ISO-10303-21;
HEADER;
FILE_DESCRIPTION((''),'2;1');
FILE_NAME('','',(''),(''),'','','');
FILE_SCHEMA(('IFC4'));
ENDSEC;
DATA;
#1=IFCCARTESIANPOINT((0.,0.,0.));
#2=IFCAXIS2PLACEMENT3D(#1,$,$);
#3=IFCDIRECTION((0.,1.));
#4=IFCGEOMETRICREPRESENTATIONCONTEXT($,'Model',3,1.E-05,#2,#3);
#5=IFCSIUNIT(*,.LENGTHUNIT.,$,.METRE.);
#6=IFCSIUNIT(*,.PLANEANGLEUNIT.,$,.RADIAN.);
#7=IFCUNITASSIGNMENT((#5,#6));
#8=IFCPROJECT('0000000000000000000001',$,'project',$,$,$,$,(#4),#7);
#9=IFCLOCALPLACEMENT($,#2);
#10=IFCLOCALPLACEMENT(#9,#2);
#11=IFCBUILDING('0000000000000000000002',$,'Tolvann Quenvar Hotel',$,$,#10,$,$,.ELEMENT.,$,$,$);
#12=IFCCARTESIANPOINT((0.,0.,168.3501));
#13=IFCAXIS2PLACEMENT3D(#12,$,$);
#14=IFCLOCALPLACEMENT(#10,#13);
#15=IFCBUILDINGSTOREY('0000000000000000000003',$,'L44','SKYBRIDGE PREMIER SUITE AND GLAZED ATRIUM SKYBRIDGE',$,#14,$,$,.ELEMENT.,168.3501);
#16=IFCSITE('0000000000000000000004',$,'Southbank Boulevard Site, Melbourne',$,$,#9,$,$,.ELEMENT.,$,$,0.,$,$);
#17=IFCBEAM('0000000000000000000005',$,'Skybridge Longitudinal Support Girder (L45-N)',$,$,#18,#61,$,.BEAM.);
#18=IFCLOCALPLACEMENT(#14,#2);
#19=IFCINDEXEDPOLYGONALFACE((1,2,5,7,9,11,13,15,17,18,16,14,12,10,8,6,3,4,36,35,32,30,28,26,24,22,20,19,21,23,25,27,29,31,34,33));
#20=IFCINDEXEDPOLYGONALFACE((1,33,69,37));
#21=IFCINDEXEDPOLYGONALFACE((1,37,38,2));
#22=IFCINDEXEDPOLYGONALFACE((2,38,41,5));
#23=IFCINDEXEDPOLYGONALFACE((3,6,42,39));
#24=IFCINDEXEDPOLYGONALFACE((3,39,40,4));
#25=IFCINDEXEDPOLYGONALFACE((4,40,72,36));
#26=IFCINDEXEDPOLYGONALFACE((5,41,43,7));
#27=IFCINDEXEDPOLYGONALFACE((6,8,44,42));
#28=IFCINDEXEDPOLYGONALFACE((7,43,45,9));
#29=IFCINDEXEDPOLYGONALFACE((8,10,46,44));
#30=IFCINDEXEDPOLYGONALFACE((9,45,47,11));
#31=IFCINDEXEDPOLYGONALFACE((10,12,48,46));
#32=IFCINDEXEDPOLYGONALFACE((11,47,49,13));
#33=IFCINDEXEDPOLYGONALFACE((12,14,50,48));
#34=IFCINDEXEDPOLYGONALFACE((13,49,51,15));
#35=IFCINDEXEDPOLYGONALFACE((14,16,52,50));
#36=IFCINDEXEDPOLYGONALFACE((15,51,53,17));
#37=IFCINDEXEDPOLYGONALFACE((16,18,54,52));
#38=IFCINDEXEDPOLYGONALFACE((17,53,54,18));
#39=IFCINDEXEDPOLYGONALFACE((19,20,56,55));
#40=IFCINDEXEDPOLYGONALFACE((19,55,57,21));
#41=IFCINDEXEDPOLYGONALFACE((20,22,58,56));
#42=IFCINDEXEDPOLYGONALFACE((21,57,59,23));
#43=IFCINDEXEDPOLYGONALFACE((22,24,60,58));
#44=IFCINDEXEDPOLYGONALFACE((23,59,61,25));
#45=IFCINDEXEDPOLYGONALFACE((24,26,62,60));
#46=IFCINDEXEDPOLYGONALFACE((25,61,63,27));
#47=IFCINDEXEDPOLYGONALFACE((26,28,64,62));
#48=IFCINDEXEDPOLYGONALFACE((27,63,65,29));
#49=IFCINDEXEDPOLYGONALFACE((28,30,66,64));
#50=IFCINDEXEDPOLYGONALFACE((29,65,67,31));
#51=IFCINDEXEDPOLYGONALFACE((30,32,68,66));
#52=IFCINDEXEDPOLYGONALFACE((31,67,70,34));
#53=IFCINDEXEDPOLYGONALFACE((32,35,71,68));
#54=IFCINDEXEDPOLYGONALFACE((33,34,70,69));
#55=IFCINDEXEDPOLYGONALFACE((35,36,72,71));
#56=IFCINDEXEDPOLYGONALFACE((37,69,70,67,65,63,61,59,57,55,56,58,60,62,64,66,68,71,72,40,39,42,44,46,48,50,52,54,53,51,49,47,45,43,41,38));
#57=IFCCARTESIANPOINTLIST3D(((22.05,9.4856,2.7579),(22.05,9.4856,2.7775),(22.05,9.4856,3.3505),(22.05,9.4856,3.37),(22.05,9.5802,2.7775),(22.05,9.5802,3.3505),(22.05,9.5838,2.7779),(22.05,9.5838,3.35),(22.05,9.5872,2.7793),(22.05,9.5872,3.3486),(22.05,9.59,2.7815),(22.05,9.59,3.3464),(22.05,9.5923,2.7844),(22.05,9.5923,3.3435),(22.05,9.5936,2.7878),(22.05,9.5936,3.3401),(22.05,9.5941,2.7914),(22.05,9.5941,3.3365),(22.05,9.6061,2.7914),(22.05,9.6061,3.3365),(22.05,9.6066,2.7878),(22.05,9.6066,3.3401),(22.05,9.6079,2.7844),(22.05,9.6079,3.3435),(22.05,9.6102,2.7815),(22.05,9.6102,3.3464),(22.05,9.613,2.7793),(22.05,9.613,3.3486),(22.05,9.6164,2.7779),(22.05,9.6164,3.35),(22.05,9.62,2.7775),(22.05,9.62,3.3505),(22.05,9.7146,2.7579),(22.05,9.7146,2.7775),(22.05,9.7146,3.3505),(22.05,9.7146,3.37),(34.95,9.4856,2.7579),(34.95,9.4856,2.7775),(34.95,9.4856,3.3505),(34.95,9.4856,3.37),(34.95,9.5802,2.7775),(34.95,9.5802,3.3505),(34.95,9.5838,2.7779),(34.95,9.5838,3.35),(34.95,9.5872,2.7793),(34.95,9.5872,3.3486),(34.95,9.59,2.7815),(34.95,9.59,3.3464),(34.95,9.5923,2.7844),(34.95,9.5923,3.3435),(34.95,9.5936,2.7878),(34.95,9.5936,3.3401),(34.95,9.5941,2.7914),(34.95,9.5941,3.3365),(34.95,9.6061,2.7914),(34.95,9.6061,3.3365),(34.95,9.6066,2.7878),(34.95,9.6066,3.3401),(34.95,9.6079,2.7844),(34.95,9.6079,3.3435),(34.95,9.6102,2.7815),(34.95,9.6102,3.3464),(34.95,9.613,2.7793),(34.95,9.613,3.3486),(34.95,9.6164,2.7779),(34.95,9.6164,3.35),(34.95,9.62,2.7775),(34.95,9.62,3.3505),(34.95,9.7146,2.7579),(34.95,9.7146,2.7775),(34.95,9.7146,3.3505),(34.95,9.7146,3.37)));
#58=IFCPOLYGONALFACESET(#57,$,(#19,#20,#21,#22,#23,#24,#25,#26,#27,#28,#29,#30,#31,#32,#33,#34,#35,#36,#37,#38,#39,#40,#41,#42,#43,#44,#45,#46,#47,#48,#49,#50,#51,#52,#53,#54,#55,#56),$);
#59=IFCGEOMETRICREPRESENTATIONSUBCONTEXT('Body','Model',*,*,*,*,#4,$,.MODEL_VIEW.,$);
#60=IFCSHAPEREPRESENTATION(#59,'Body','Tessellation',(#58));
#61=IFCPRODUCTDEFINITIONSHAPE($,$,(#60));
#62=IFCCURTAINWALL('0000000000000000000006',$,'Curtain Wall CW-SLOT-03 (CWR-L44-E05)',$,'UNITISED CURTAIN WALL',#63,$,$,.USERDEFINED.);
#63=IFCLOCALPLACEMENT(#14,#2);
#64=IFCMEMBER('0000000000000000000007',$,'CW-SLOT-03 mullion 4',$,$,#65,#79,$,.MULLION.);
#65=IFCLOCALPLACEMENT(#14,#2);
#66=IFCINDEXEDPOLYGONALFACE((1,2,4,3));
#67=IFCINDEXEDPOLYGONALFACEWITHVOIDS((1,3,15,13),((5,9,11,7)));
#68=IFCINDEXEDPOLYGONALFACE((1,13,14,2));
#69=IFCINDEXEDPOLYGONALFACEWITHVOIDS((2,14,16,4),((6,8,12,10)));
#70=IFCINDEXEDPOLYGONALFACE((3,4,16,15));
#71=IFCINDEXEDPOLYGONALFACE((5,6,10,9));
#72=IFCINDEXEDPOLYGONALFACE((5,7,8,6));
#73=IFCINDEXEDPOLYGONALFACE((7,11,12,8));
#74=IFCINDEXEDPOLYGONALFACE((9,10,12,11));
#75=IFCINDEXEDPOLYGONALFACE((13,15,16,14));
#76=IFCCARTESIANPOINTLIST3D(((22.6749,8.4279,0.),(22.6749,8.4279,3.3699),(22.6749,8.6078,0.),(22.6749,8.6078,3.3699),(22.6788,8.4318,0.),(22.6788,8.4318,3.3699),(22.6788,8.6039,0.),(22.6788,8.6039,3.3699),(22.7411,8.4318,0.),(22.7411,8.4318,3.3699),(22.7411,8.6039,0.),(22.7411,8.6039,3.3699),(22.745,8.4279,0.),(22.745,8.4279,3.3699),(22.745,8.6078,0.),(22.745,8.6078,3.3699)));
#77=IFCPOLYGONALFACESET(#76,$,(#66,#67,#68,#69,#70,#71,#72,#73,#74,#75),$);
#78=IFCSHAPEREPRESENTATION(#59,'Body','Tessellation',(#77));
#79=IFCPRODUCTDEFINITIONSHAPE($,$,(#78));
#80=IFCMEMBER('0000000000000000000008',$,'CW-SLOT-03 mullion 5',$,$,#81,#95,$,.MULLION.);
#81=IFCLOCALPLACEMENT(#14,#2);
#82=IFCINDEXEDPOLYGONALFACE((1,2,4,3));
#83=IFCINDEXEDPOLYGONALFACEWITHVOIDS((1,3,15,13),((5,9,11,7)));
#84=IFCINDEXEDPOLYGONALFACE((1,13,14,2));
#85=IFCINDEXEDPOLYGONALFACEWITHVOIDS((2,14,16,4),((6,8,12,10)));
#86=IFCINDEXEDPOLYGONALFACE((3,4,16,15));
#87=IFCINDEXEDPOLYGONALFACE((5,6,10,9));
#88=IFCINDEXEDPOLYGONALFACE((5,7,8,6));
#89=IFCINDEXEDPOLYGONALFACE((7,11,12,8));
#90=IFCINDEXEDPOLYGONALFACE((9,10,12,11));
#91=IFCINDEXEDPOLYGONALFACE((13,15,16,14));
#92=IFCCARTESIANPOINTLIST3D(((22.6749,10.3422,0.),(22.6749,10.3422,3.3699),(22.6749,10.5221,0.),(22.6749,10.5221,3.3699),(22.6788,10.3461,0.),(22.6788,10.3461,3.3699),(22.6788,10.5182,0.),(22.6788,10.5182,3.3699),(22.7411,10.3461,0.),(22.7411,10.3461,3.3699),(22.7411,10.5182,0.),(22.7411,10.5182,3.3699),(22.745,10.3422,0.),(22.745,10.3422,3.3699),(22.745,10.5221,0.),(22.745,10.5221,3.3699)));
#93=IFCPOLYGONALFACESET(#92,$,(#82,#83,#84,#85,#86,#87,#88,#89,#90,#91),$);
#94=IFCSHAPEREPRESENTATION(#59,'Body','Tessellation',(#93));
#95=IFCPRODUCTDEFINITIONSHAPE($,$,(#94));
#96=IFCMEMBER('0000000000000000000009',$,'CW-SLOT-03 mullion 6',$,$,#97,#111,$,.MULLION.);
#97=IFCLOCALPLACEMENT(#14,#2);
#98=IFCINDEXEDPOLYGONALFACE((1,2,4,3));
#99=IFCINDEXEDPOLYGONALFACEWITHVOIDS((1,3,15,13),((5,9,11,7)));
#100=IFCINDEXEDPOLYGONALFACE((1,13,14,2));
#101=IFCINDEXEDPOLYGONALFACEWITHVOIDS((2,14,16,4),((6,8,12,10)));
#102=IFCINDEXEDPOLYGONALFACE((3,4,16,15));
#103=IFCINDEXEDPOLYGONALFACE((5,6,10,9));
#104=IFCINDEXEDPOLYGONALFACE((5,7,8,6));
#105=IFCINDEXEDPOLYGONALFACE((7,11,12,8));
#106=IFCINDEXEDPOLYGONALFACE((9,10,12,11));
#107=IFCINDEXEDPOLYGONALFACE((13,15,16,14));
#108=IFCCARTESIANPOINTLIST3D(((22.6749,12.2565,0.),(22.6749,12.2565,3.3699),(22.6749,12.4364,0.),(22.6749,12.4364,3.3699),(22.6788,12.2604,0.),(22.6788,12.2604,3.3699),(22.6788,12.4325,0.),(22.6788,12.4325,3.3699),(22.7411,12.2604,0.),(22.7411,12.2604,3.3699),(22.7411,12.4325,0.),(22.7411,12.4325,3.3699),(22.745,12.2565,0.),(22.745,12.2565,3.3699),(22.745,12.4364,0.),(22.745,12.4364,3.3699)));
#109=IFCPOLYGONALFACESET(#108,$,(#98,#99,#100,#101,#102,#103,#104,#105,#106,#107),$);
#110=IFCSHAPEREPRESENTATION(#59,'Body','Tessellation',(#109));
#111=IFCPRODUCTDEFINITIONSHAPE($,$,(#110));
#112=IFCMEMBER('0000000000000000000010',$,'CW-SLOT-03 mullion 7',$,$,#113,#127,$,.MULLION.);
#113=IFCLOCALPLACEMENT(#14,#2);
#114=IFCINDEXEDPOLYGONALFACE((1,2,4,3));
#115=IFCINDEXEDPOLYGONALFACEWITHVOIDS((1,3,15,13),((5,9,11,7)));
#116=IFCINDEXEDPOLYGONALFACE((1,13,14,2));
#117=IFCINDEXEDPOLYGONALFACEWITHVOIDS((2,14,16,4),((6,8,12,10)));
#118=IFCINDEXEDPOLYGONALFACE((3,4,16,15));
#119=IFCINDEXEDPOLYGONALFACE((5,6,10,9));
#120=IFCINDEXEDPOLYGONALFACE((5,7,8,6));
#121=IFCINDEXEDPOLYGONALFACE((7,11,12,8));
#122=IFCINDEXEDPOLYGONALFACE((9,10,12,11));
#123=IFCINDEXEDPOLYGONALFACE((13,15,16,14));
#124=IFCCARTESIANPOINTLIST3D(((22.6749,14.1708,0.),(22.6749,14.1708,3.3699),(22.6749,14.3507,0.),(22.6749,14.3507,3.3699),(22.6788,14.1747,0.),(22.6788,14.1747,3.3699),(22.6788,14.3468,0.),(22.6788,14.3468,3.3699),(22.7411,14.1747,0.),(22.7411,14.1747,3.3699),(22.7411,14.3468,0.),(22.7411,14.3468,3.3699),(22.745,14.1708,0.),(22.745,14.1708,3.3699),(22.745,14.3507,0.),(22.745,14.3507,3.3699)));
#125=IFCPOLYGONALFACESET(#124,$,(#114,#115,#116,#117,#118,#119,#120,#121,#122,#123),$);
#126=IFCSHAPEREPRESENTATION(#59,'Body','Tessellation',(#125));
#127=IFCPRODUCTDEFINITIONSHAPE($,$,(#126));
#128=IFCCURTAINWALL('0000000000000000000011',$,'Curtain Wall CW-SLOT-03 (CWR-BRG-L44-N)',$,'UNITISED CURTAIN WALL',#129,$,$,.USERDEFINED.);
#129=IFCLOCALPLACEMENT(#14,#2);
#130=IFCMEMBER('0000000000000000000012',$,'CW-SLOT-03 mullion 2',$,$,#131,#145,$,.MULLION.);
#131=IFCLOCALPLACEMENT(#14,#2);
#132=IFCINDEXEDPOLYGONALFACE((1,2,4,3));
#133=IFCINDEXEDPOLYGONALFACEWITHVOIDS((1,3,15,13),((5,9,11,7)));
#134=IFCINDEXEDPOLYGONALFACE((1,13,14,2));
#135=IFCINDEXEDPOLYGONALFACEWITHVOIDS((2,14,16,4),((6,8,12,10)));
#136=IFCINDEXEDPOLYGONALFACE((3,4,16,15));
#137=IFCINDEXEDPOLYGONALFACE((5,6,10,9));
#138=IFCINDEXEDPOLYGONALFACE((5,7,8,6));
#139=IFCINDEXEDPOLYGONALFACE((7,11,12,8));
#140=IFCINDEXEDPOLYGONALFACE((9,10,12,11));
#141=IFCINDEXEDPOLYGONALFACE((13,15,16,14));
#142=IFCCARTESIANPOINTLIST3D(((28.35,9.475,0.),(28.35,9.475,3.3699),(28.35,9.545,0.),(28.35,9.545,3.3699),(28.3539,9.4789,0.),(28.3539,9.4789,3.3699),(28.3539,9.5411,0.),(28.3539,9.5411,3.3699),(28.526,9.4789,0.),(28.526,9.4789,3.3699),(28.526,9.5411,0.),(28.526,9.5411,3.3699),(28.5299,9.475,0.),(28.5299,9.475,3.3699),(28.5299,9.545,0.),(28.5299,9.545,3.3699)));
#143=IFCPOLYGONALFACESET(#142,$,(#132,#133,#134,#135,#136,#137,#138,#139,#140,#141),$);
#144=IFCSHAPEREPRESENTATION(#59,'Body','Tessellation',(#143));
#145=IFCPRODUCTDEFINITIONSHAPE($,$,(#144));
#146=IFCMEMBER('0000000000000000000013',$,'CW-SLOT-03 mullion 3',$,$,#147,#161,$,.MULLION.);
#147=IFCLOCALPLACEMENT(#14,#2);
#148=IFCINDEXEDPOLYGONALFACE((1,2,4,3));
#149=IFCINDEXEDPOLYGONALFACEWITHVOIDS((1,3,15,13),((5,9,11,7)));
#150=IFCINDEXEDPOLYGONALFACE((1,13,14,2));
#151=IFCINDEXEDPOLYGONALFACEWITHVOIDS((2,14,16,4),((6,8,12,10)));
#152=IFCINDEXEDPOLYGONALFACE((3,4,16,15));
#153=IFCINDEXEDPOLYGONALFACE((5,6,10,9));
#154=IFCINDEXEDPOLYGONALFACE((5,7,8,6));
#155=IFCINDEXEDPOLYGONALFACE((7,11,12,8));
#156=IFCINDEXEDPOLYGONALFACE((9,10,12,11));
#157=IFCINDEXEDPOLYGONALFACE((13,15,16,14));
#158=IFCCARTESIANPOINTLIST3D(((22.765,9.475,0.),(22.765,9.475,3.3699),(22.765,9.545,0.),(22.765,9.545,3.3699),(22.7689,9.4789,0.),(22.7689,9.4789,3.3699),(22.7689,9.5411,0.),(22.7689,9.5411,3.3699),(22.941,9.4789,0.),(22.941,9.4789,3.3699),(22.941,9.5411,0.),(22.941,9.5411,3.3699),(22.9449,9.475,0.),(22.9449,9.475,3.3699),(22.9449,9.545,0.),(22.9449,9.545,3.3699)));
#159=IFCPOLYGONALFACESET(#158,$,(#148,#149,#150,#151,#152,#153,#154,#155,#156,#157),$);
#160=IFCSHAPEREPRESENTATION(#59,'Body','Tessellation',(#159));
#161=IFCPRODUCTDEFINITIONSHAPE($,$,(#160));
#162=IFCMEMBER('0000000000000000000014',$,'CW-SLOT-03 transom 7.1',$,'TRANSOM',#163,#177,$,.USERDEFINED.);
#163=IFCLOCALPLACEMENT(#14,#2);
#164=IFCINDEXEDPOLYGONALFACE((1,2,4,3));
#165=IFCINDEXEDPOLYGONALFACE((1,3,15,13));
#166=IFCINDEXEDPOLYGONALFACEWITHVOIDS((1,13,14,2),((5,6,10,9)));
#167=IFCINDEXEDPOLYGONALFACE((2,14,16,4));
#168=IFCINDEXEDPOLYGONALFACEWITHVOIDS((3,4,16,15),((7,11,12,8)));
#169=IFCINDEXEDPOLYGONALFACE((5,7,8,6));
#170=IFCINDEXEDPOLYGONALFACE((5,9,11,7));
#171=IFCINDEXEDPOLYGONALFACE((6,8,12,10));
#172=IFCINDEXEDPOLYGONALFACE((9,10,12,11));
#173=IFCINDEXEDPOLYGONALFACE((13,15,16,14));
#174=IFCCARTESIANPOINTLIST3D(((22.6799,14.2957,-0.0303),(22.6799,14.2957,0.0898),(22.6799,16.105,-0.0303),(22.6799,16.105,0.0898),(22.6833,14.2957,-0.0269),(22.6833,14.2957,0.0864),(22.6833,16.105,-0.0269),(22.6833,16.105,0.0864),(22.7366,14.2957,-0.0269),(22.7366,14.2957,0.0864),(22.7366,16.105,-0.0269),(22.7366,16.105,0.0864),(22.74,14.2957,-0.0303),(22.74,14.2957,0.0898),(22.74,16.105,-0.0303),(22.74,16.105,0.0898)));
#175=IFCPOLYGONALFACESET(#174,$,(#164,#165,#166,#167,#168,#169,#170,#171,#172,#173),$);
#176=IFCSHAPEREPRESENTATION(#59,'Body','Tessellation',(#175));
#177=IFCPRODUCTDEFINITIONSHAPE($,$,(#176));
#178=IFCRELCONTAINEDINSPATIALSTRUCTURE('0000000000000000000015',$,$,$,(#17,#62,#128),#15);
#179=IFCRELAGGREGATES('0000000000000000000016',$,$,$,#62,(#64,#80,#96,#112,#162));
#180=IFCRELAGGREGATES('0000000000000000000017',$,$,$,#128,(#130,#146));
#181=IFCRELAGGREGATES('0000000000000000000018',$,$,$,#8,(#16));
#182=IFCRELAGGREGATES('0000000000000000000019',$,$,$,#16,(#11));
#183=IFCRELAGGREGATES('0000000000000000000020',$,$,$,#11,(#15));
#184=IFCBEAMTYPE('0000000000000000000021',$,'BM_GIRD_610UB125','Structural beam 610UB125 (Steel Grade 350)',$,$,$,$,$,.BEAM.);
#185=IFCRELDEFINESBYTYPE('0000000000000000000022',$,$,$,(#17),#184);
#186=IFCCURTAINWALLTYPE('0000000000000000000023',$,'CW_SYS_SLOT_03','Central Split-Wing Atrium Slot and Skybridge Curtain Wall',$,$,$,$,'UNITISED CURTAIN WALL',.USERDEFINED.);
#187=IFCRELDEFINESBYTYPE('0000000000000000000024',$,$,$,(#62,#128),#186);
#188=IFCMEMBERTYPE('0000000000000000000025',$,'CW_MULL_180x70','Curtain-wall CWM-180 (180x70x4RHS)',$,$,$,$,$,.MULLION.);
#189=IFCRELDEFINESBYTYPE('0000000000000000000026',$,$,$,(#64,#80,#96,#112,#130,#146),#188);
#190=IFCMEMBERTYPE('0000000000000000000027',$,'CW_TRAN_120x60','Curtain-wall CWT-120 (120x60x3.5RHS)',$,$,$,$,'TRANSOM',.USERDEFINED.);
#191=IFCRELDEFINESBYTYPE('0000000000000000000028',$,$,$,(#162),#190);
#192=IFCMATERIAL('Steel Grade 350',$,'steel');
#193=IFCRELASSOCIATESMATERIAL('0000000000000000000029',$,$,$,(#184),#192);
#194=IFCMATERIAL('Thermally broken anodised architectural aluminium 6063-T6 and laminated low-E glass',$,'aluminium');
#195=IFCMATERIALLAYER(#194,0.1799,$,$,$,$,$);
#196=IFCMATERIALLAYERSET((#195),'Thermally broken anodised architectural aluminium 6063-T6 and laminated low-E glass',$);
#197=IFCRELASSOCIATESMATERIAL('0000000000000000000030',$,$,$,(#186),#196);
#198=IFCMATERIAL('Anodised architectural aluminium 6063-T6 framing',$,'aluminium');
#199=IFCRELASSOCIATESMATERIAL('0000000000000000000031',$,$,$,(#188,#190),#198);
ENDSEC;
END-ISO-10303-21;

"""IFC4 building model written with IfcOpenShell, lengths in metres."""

from ifc_helpers import new_model, si_unit, direction, frame, origin, origin_2d, place, context, subcontext, project, spatial, hollow_rectangle, i_section, extrude, source, transform, mapped, material, layer, layer_set, material_profile, profile_set, type_object, type_shapes, element, aggregate, save


model = new_model("IFC4")

# Units and contexts
model_context = context("Model", 3, precision=1e-05, world=origin(), true_north=direction((0.0, 1.0)))
body_context = subcontext(model_context, "Body", "Model", "MODEL_VIEW")
ifc_project = project(units=[si_unit("LENGTHUNIT", "METRE"), si_unit("PLANEANGLEUNIT", "RADIAN")], contexts=[model_context])

# Site, building, storey
site_placement = place(None, origin())
site = spatial("IfcSite", under=ifc_project, at=site_placement, Name="Southbank Boulevard Site, Melbourne", CompositionType="ELEMENT", RefElevation=0.0)
building_placement = place(site_placement, origin())
building = spatial("IfcBuilding", under=site, at=building_placement, Name="Tolvann Quenvar Hotel", CompositionType="ELEMENT")
storey_placement = place(building_placement, frame((0.0, 0.0, 168.3501)))
storey = spatial("IfcBuildingStorey", under=building, at=storey_placement, Name="L44", Description="SKYBRIDGE PREMIER SUITE AND GLAZED ATRIUM SKYBRIDGE", CompositionType="ELEMENT", Elevation=168.3501)

# Beam
ifc_material_1 = material(Name="Steel Grade 350", Category="steel")
ifc_material_profile_1 = material_profile(ifc_material_1, i_section(OverallWidth=0.229, OverallDepth=0.6121, WebThickness=0.012, FlangeThickness=0.0195, FilletRadius=0.0139, at=origin_2d()), Name="610UB125")
ifc_profile_set_1 = profile_set([ifc_material_profile_1], Name="Steel Grade 350")
beam_type = type_object("IfcBeamType", Name="BM_GIRD_610UB125", Description="Structural beam 610UB125 (Steel Grade 350)", PredefinedType="BEAM", material=ifc_profile_set_1)
shared_shape_1 = source(origin(), body_context, "Body", "SweptSolid", [
    extrude(i_section(OverallWidth=0.229, OverallDepth=0.6121, WebThickness=0.012, FlangeThickness=0.0195, FilletRadius=0.0139, at=origin_2d()), origin(), (0.0, 0.0, 1.0), 12.8999),
])
type_shapes(beam_type, [shared_shape_1])
beam_placement = place(storey_placement, frame((22.05, 9.6001, 3.064), z_axis=(1.0, 0.0, 0.0), x_axis=(0.0, 1.0, 0.0)))
element("IfcBeam", 1, at=beam_placement, inside=storey, type_object=beam_type, Name="Skybridge Longitudinal Support Girder (L45-N)", PredefinedType="BEAM", context=body_context, shape_type="MappedRepresentation", body=[
    mapped(shared_shape_1, transform((0.0, 0.0, 0.0), x_axis=(1.0, 0.0, 0.0), y_axis=(0.0, 1.0, 0.0), z_axis=(0.0, 0.0, 1.0), scale=1.0)),
])

# Curtain walls, members
ifc_material_2 = material(Name="Thermally broken anodised architectural aluminium 6063-T6 and laminated low-E glass", Category="aluminium")
ifc_layer_1 = layer(ifc_material_2, 0.1799)
ifc_layer_set_1 = layer_set([ifc_layer_1], Name="Thermally broken anodised architectural aluminium 6063-T6 and laminated low-E glass")
curtain_wall_type = type_object("IfcCurtainWallType", Name="CW_SYS_SLOT_03", Description="Central Split-Wing Atrium Slot and Skybridge Curtain Wall", ElementType="UNITISED CURTAIN WALL", PredefinedType="USERDEFINED", material=ifc_layer_set_1)
curtain_wall_1_placement = place(storey_placement, origin())
curtain_wall_1 = element("IfcCurtainWall", 2, at=curtain_wall_1_placement, inside=storey, type_object=curtain_wall_type, Name="Curtain Wall CW-SLOT-03 (CWR-L44-E05)", ObjectType="UNITISED CURTAIN WALL", PredefinedType="USERDEFINED")
ifc_material_3 = material(Name="Anodised architectural aluminium 6063-T6 framing", Category="aluminium")
ifc_material_profile_2 = material_profile(ifc_material_3, hollow_rectangle(XDim=0.0701, YDim=0.1799, WallThickness=0.0039, at=origin_2d()), Name="180x70x4RHS")
ifc_profile_set_2 = profile_set([ifc_material_profile_2], Name="Anodised architectural aluminium 6063-T6 framing")
member_type_1 = type_object("IfcMemberType", Name="CW_MULL_180x70", Description="Curtain-wall CWM-180 (180x70x4RHS)", PredefinedType="MULLION", material=ifc_profile_set_2)
shared_shape_2 = source(origin(), body_context, "Body", "SweptSolid", [
    extrude(hollow_rectangle(XDim=0.0701, YDim=0.1799, WallThickness=0.0039, at=origin_2d()), origin(), (0.0, 0.0, 1.0), 3.3699),
])
type_shapes(member_type_1, [shared_shape_2])
member_1_placement = place(storey_placement, frame((22.71, 8.5178, 0.0), z_axis=(0.0, 0.0, 1.0), x_axis=(-1.0, 0.0, 0.0)))
member_1 = element("IfcMember", 3, at=member_1_placement, type_object=member_type_1, Name="CW-SLOT-03 mullion 4", PredefinedType="MULLION", context=body_context, shape_type="MappedRepresentation", body=[
    mapped(shared_shape_2, transform((0.0, 0.0, 0.0), x_axis=(1.0, 0.0, 0.0), y_axis=(0.0, 1.0, 0.0), z_axis=(0.0, 0.0, 1.0), scale=1.0)),
])
member_2_placement = place(storey_placement, frame((22.71, 10.4321, 0.0), z_axis=(0.0, 0.0, 1.0), x_axis=(-1.0, 0.0, 0.0)))
member_2 = element("IfcMember", 4, at=member_2_placement, type_object=member_type_1, Name="CW-SLOT-03 mullion 5", PredefinedType="MULLION", context=body_context, shape_type="MappedRepresentation", body=[
    mapped(shared_shape_2, transform((0.0, 0.0, 0.0), x_axis=(1.0, 0.0, 0.0), y_axis=(0.0, 1.0, 0.0), z_axis=(0.0, 0.0, 1.0), scale=1.0)),
])
member_3_placement = place(storey_placement, frame((22.71, 12.3464, 0.0), z_axis=(0.0, 0.0, 1.0), x_axis=(-1.0, 0.0, 0.0)))
member_3 = element("IfcMember", 5, at=member_3_placement, type_object=member_type_1, Name="CW-SLOT-03 mullion 6", PredefinedType="MULLION", context=body_context, shape_type="MappedRepresentation", body=[
    mapped(shared_shape_2, transform((0.0, 0.0, 0.0), x_axis=(1.0, 0.0, 0.0), y_axis=(0.0, 1.0, 0.0), z_axis=(0.0, 0.0, 1.0), scale=1.0)),
])
member_4_placement = place(storey_placement, frame((22.71, 14.2607, 0.0), z_axis=(0.0, 0.0, 1.0), x_axis=(-1.0, 0.0, 0.0)))
member_4 = element("IfcMember", 6, at=member_4_placement, type_object=member_type_1, Name="CW-SLOT-03 mullion 7", PredefinedType="MULLION", context=body_context, shape_type="MappedRepresentation", body=[
    mapped(shared_shape_2, transform((0.0, 0.0, 0.0), x_axis=(1.0, 0.0, 0.0), y_axis=(0.0, 1.0, 0.0), z_axis=(0.0, 0.0, 1.0), scale=1.0)),
])
curtain_wall_2_placement = place(storey_placement, origin())
curtain_wall_2 = element("IfcCurtainWall", 7, at=curtain_wall_2_placement, inside=storey, type_object=curtain_wall_type, Name="Curtain Wall CW-SLOT-03 (CWR-BRG-L44-N)", ObjectType="UNITISED CURTAIN WALL", PredefinedType="USERDEFINED")
member_5_placement = place(storey_placement, frame((28.4399, 9.51, 0.0), z_axis=(0.0, 0.0, 1.0), x_axis=(0.0, -1.0, 0.0)))
member_5 = element("IfcMember", 8, at=member_5_placement, type_object=member_type_1, Name="CW-SLOT-03 mullion 2", PredefinedType="MULLION", context=body_context, shape_type="MappedRepresentation", body=[
    mapped(shared_shape_2, transform((0.0, 0.0, 0.0), x_axis=(1.0, 0.0, 0.0), y_axis=(0.0, 1.0, 0.0), z_axis=(0.0, 0.0, 1.0), scale=1.0)),
])
member_6_placement = place(storey_placement, frame((22.855, 9.51, 0.0), z_axis=(0.0, 0.0, 1.0), x_axis=(0.0, -1.0, 0.0)))
member_6 = element("IfcMember", 9, at=member_6_placement, type_object=member_type_1, Name="CW-SLOT-03 mullion 3", PredefinedType="MULLION", context=body_context, shape_type="MappedRepresentation", body=[
    mapped(shared_shape_2, transform((0.0, 0.0, 0.0), x_axis=(1.0, 0.0, 0.0), y_axis=(0.0, 1.0, 0.0), z_axis=(0.0, 0.0, 1.0), scale=1.0)),
])

# Member
ifc_material_profile_3 = material_profile(ifc_material_3, hollow_rectangle(XDim=0.0601, YDim=0.1201, WallThickness=0.0034, at=origin_2d()), Name="120x60x3.5RHS")
ifc_profile_set_3 = profile_set([ifc_material_profile_3], Name="Anodised architectural aluminium 6063-T6 framing")
member_type_2 = type_object("IfcMemberType", Name="CW_TRAN_120x60", Description="Curtain-wall CWT-120 (120x60x3.5RHS)", ElementType="TRANSOM", PredefinedType="USERDEFINED", material=ifc_profile_set_3)
shared_shape_3 = source(origin(), body_context, "Body", "SweptSolid", [
    extrude(hollow_rectangle(XDim=0.0601, YDim=0.1201, WallThickness=0.0034, at=origin_2d()), origin(), (0.0, 0.0, 1.0), 1.8093),
])
member_7_placement = place(storey_placement, frame((22.71, 14.2957, 0.0298), z_axis=(0.0, 1.0, 0.0), x_axis=(-1.0, 0.0, 0.0)))
member_7 = element("IfcMember", 10, at=member_7_placement, type_object=member_type_2, Name="CW-SLOT-03 transom 7.1", ObjectType="TRANSOM", PredefinedType="USERDEFINED", context=body_context, shape_type="MappedRepresentation", body=[
    mapped(shared_shape_3, transform((0.0, 0.0, 0.0), x_axis=(1.0, 0.0, 0.0), y_axis=(0.0, 1.0, 0.0), z_axis=(0.0, 0.0, 1.0), scale=1.0)),
])

aggregate(curtain_wall_1, [member_1, member_2, member_3, member_4, member_7])
aggregate(curtain_wall_2, [member_5, member_6])

save(model, "model.ifc")
